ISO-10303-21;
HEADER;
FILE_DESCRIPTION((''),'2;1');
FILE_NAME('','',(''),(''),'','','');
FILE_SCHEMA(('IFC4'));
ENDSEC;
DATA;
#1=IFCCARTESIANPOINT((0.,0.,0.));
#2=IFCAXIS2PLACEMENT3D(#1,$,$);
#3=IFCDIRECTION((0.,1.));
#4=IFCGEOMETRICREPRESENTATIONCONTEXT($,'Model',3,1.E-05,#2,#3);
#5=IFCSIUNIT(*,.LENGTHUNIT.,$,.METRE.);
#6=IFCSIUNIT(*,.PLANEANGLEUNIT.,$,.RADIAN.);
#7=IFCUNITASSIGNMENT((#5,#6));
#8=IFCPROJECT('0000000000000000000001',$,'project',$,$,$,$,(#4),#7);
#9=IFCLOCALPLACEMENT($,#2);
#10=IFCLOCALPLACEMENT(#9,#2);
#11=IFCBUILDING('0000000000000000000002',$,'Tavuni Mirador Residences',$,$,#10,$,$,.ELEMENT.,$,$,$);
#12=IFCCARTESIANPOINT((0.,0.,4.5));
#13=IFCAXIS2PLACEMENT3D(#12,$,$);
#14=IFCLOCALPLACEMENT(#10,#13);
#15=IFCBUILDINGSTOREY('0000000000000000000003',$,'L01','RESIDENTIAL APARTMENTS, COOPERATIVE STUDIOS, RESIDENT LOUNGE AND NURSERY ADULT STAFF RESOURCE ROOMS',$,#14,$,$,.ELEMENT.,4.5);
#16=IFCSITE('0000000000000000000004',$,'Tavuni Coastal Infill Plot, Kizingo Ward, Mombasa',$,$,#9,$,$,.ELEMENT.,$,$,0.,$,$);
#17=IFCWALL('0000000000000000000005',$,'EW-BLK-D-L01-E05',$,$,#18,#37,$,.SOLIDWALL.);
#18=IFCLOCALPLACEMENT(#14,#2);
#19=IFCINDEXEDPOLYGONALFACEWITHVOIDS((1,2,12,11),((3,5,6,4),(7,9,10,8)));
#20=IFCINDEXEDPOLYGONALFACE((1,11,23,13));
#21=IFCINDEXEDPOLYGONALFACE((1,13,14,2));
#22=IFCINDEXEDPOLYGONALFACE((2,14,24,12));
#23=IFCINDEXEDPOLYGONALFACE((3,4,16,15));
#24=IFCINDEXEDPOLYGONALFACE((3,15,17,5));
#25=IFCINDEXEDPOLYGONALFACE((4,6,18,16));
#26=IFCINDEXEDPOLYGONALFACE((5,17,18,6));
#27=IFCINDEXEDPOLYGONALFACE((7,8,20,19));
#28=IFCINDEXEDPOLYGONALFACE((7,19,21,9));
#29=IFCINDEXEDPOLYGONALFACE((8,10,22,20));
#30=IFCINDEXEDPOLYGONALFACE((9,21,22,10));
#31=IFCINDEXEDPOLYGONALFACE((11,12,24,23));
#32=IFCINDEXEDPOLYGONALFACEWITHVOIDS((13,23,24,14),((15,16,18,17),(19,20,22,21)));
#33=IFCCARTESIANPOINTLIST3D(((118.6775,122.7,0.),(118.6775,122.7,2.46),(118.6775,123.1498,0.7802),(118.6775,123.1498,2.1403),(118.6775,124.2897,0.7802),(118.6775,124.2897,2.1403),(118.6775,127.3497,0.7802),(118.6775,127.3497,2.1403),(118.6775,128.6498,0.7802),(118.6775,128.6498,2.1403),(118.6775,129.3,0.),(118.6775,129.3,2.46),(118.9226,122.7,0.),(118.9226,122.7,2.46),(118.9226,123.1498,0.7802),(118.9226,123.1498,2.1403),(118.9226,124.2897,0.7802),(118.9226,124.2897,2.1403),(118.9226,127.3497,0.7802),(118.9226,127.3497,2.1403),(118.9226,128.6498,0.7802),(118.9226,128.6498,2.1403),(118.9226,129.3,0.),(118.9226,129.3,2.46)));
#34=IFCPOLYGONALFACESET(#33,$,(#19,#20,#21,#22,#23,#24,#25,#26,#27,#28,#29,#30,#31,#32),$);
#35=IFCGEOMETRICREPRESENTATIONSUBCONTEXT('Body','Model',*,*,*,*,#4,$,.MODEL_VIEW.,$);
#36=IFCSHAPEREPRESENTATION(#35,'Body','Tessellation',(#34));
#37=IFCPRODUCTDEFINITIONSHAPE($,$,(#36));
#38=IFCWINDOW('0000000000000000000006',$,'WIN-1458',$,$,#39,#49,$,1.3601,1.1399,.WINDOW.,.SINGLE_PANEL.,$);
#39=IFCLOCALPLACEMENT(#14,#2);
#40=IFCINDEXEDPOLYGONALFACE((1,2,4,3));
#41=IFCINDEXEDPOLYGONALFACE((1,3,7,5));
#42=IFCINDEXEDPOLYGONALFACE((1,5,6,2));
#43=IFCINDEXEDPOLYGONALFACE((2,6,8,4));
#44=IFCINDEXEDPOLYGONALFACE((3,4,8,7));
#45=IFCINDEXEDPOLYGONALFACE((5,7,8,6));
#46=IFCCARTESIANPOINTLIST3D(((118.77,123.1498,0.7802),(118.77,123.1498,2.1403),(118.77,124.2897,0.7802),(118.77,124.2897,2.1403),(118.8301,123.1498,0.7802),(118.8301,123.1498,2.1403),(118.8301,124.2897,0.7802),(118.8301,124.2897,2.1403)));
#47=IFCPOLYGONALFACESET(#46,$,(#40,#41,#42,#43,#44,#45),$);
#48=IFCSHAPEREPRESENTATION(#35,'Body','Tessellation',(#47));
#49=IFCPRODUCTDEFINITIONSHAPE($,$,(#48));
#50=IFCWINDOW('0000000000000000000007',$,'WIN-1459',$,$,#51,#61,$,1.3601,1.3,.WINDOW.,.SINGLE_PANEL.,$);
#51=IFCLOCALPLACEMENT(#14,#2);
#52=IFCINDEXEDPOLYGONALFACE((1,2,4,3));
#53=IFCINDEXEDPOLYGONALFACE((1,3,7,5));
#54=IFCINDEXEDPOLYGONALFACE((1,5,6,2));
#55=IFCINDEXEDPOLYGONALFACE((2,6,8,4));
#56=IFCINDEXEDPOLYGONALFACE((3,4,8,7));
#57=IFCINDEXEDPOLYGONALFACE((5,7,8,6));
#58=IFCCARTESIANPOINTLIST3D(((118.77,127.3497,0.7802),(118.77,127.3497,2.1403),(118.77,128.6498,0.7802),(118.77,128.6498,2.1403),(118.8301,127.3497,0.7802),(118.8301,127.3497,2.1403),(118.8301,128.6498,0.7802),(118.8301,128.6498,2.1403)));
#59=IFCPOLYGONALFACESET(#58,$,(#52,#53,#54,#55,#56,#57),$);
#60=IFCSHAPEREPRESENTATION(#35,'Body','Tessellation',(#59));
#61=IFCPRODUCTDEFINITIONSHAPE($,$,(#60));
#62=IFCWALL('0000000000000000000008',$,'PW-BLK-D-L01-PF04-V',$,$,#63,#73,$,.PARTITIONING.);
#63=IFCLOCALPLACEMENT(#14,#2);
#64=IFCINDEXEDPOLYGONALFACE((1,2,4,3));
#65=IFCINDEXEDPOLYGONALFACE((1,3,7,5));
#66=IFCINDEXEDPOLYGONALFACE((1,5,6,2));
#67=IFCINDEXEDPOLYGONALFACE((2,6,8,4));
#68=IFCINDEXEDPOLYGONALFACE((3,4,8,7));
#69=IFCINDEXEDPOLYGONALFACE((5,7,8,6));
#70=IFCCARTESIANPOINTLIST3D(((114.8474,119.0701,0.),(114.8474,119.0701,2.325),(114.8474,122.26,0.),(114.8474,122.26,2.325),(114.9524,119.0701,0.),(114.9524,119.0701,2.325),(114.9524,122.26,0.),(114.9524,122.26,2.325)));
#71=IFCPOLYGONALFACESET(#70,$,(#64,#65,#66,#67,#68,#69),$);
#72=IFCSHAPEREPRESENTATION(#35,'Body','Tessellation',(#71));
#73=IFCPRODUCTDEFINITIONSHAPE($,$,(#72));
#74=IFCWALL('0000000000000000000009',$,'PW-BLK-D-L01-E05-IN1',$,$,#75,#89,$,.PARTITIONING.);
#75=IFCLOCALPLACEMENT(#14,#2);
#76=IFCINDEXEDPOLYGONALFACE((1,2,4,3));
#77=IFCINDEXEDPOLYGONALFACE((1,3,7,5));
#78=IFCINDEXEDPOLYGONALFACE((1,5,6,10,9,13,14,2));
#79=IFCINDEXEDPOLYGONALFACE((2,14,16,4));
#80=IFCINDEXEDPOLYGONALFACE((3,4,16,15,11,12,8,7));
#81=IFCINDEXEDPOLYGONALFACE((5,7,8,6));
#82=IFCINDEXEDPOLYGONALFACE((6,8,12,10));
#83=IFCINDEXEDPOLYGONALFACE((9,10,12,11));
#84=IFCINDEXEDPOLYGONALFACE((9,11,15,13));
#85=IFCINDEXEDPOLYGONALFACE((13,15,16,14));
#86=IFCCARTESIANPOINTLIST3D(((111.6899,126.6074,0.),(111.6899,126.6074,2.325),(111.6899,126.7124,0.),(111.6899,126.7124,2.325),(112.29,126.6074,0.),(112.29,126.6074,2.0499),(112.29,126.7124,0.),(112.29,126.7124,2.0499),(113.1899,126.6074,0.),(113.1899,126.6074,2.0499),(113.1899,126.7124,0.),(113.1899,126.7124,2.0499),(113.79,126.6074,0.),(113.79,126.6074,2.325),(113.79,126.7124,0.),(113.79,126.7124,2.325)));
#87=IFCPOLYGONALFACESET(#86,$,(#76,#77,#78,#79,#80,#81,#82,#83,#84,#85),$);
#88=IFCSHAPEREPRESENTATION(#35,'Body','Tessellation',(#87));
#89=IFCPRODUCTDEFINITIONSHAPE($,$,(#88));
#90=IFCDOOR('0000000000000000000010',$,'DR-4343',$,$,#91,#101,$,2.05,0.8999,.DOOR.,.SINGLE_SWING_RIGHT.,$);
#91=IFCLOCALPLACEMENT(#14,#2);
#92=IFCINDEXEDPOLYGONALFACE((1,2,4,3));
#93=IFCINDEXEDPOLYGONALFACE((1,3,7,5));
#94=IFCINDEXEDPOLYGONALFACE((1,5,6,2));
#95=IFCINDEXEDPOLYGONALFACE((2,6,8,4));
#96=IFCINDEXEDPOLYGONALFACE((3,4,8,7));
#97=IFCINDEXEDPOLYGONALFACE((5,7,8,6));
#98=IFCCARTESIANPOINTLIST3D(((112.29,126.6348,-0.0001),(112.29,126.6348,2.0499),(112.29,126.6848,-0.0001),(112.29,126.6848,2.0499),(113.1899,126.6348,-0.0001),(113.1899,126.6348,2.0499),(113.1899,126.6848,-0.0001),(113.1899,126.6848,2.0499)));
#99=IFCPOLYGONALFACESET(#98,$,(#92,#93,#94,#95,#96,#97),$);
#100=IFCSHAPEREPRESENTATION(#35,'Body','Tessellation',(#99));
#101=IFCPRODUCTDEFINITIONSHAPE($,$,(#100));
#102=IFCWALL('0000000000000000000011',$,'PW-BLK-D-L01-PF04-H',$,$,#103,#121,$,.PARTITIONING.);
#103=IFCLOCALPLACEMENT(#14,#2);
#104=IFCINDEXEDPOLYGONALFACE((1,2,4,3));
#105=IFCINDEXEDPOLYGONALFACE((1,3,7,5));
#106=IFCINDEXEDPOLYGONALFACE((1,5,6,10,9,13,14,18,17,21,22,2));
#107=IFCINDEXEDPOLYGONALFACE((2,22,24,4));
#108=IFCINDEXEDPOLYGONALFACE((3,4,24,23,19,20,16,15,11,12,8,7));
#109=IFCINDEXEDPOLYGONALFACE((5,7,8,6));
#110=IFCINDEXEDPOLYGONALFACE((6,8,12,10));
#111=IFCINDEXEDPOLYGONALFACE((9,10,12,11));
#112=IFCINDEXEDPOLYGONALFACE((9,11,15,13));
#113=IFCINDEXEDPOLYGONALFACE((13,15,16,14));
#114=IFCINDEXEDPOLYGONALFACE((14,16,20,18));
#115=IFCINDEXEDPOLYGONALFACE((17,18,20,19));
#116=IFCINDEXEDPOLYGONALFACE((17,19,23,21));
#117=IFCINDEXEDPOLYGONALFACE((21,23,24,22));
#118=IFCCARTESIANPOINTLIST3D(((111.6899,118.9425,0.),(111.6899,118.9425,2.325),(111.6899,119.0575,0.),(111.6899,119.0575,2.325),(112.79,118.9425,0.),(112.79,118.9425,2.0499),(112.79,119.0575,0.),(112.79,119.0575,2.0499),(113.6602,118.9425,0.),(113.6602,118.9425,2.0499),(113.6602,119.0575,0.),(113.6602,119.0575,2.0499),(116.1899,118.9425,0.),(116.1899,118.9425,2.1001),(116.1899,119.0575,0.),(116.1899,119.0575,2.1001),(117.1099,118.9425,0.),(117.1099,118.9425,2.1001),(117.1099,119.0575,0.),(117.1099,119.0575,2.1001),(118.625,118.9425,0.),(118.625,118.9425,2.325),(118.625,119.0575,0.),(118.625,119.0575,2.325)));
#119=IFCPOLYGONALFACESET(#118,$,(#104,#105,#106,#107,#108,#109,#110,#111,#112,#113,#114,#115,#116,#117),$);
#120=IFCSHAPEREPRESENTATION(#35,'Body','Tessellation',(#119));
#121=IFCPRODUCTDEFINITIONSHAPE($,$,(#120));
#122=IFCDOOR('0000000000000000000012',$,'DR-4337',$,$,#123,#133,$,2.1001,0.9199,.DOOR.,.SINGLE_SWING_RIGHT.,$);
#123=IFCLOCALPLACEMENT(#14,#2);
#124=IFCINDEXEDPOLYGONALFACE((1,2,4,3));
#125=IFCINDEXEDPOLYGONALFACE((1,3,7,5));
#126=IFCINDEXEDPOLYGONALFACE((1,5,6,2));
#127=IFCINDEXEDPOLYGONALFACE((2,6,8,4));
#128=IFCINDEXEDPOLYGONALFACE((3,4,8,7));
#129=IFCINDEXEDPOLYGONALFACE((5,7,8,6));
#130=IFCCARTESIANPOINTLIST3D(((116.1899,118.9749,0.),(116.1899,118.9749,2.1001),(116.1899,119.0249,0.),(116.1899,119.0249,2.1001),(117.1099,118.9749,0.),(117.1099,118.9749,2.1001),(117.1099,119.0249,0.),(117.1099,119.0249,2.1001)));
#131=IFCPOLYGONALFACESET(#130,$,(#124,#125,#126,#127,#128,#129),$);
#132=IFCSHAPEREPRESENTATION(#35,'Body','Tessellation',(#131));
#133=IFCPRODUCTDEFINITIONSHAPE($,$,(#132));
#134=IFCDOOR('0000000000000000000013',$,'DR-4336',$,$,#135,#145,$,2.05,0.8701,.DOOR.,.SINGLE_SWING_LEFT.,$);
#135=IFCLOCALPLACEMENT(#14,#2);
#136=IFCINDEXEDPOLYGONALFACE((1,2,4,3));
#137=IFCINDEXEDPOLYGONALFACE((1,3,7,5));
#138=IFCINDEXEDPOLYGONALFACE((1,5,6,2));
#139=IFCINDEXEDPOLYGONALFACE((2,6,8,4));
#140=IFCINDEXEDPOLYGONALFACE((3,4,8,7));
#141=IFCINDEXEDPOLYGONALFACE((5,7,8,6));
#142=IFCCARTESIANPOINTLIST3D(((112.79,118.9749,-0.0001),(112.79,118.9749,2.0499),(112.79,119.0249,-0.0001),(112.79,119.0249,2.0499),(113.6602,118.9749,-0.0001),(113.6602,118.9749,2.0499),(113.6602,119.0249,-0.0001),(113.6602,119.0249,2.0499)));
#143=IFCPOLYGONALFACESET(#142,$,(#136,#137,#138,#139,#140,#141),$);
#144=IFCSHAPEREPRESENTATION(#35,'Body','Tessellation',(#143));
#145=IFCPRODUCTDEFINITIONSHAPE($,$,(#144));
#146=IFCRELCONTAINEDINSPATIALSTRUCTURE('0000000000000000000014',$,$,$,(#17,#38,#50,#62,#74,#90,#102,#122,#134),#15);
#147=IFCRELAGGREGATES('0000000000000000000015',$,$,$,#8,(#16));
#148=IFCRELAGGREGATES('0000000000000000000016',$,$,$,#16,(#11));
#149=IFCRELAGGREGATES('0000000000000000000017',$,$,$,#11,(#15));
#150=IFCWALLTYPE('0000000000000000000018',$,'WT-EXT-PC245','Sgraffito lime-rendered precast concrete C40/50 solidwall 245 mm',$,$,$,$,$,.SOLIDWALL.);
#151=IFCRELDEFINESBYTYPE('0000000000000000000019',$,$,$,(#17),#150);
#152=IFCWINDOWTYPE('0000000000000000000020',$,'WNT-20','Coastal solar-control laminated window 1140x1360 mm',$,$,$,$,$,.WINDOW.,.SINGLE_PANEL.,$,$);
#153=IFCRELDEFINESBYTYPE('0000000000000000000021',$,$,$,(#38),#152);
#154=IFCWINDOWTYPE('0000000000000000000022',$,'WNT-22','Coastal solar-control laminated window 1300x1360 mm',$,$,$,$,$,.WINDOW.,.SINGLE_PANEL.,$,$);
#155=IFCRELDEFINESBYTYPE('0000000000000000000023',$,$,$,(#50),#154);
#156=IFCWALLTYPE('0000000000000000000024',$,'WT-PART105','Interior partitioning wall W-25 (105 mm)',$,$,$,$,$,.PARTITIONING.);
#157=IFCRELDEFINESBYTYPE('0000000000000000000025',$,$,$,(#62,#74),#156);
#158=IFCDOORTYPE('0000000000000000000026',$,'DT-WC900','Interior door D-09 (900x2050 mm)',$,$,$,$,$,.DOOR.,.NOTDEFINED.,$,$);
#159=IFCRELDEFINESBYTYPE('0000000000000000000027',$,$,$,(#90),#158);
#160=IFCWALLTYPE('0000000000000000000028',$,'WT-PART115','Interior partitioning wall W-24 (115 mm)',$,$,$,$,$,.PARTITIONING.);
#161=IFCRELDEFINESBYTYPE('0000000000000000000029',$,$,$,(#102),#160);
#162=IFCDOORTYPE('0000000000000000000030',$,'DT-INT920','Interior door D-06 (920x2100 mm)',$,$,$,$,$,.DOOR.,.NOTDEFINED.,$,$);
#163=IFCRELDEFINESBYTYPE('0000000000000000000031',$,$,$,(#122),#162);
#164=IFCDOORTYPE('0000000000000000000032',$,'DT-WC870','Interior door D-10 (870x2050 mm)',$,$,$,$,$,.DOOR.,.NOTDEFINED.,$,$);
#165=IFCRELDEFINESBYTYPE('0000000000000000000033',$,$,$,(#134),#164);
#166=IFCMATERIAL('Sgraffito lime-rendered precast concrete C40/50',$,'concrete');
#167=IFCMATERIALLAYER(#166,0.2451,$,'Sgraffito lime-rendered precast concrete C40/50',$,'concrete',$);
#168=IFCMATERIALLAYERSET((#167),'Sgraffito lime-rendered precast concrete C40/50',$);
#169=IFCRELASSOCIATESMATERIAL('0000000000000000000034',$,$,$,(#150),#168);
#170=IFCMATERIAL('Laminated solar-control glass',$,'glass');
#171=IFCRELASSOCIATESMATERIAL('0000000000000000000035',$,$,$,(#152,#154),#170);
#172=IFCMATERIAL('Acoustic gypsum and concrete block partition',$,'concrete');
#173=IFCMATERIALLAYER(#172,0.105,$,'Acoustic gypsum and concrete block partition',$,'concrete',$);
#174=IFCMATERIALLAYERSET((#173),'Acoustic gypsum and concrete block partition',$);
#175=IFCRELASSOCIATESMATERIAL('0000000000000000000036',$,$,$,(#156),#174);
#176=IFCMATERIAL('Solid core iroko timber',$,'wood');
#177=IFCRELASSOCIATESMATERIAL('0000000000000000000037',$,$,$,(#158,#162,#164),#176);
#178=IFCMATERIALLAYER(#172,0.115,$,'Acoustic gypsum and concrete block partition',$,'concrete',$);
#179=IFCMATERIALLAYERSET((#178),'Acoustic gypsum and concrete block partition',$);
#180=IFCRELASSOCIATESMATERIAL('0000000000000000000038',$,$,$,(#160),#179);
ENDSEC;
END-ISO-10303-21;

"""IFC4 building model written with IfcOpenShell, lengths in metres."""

from ifc_helpers import new_model, si_unit, direction, frame, frame_2d, origin, place, context, subcontext, project, spatial, rectangle, extrude, material, layer, layer_set, type_object, element, fill, save


model = new_model("IFC4")

# Units and contexts
model_context = context("Model", 3, precision=1e-05, world=origin(), true_north=direction((0.0, 1.0)))
body_context = subcontext(model_context, "Body", "Model", "MODEL_VIEW")
ifc_project = project(units=[si_unit("LENGTHUNIT", "METRE"), si_unit("PLANEANGLEUNIT", "RADIAN")], contexts=[model_context])

# Site, building, storey
site_placement = place(None, origin())
site = spatial("IfcSite", under=ifc_project, at=site_placement, Name="Tavuni Coastal Infill Plot, Kizingo Ward, Mombasa", CompositionType="ELEMENT", RefElevation=0.0)
building_placement = place(site_placement, origin())
building = spatial("IfcBuilding", under=site, at=building_placement, Name="Tavuni Mirador Residences", CompositionType="ELEMENT")
storey_placement = place(building_placement, frame((0.0, 0.0, 4.5)))
storey = spatial("IfcBuildingStorey", under=building, at=storey_placement, Name="L01", Description="RESIDENTIAL APARTMENTS, COOPERATIVE STUDIOS, RESIDENT LOUNGE AND NURSERY ADULT STAFF RESOURCE ROOMS", CompositionType="ELEMENT", Elevation=4.5)

# Shared definitions
ifc_material_1 = material(Name="Solid core iroko timber", Category="wood")

# Wall, openings, windows
ifc_material_2 = material(Name="Sgraffito lime-rendered precast concrete C40/50", Category="concrete")
ifc_layer_1 = layer(ifc_material_2, 0.2451, Name="Sgraffito lime-rendered precast concrete C40/50", Category="concrete")
ifc_layer_set_1 = layer_set([ifc_layer_1], Name="Sgraffito lime-rendered precast concrete C40/50")
wall_type_1 = type_object("IfcWallType", Name="WT-EXT-PC245", Description="Sgraffito lime-rendered precast concrete C40/50 solidwall 245 mm", PredefinedType="SOLIDWALL", material=ifc_layer_set_1)
wall_1_placement = place(storey_placement, frame((118.8, 122.7, 0.0), z_axis=(0.0, 0.0, 1.0), x_axis=(0.0, 1.0, 0.0)))
wall_1 = element("IfcWall", 1, at=wall_1_placement, inside=storey, type_object=wall_type_1, Name="EW-BLK-D-L01-E05", PredefinedType="SOLIDWALL", context=body_context, shape_type="SweptSolid", body=[
    extrude(rectangle(XDim=6.6001, YDim=0.2451, at=frame_2d((3.3, 0.0))), origin(), (0.0, 0.0, 1.0), 2.46),
])
opening_1_placement = place(wall_1_placement, frame((0.45, 0.0, 0.78)))
opening_1 = element("IfcOpeningElement", 2, at=opening_1_placement, cuts=wall_1, PredefinedType="OPENING", context=body_context, shape_type="SweptSolid", body=[
    extrude(rectangle(XDim=1.1399, YDim=1.3601, at=frame_2d((0.5698, 0.6802))), frame((0.0, 0.1326, 0.0), z_axis=(0.0, -1.0, 0.0), x_axis=(1.0, 0.0, 0.0)), (0.0, 0.0, 1.0), 0.2651),
])
opening_2_placement = place(wall_1_placement, frame((4.6499, 0.0, 0.78)))
opening_2 = element("IfcOpeningElement", 3, at=opening_2_placement, cuts=wall_1, PredefinedType="OPENING", context=body_context, shape_type="SweptSolid", body=[
    extrude(rectangle(XDim=1.3, YDim=1.3601, at=frame_2d((0.6499, 0.6802))), frame((0.0, 0.1326, 0.0), z_axis=(0.0, -1.0, 0.0), x_axis=(1.0, 0.0, 0.0)), (0.0, 0.0, 1.0), 0.2651),
])
ifc_material_3 = material(Name="Laminated solar-control glass", Category="glass")
window_type_1 = type_object("IfcWindowType", Name="WNT-20", Description="Coastal solar-control laminated window 1140x1360 mm", PartitioningType="SINGLE_PANEL", PredefinedType="WINDOW", material=ifc_material_3)
window_1_placement = place(opening_1_placement, origin())
window_1 = element("IfcWindow", 4, at=window_1_placement, inside=storey, type_object=window_type_1, Name="WIN-1458", OverallHeight=1.3601, OverallWidth=1.1399, PartitioningType="SINGLE_PANEL", PredefinedType="WINDOW", context=body_context, shape_type="SweptSolid", body=[
    extrude(rectangle(XDim=1.1399, YDim=1.3601, at=frame_2d((0.5698, 0.6802))), frame((0.0, 0.03, 0.0), z_axis=(0.0, -1.0, 0.0), x_axis=(1.0, 0.0, 0.0)), (0.0, 0.0, 1.0), 0.0601),
])
fill(opening_1, window_1)
window_type_2 = type_object("IfcWindowType", Name="WNT-22", Description="Coastal solar-control laminated window 1300x1360 mm", PartitioningType="SINGLE_PANEL", PredefinedType="WINDOW", material=ifc_material_3)
window_2_placement = place(opening_2_placement, origin())
window_2 = element("IfcWindow", 5, at=window_2_placement, inside=storey, type_object=window_type_2, Name="WIN-1459", OverallHeight=1.3601, OverallWidth=1.3, PartitioningType="SINGLE_PANEL", PredefinedType="WINDOW", context=body_context, shape_type="SweptSolid", body=[
    extrude(rectangle(XDim=1.3, YDim=1.3601, at=frame_2d((0.6499, 0.6802))), frame((0.0, 0.03, 0.0), z_axis=(0.0, -1.0, 0.0), x_axis=(1.0, 0.0, 0.0)), (0.0, 0.0, 1.0), 0.0601),
])
fill(opening_2, window_2)

# Wall
ifc_material_4 = material(Name="Acoustic gypsum and concrete block partition", Category="concrete")
ifc_layer_2 = layer(ifc_material_4, 0.105, Name="Acoustic gypsum and concrete block partition", Category="concrete")
ifc_layer_set_2 = layer_set([ifc_layer_2], Name="Acoustic gypsum and concrete block partition")
wall_type_2 = type_object("IfcWallType", Name="WT-PART105", Description="Interior partitioning wall W-25 (105 mm)", PredefinedType="PARTITIONING", material=ifc_layer_set_2)
wall_2_placement = place(storey_placement, frame((114.8999, 119.0701, 0.0), z_axis=(0.0, 0.0, 1.0), x_axis=(0.0, 1.0, 0.0)))
element("IfcWall", 6, at=wall_2_placement, inside=storey, type_object=wall_type_2, Name="PW-BLK-D-L01-PF04-V", PredefinedType="PARTITIONING", context=body_context, shape_type="SweptSolid", body=[
    extrude(rectangle(XDim=3.1899, YDim=0.105, at=frame_2d((1.595, 0.0))), origin(), (0.0, 0.0, 1.0), 2.325),
])

# Wall, opening, door
wall_3_placement = place(storey_placement, frame((111.6899, 126.6599, 0.0), z_axis=(0.0, 0.0, 1.0), x_axis=(1.0, 0.0, 0.0)))
wall_3 = element("IfcWall", 7, at=wall_3_placement, inside=storey, type_object=wall_type_2, Name="PW-BLK-D-L01-E05-IN1", PredefinedType="PARTITIONING", context=body_context, shape_type="SweptSolid", body=[
    extrude(rectangle(XDim=2.1001, YDim=0.105, at=frame_2d((1.05, 0.0))), origin(), (0.0, 0.0, 1.0), 2.325),
])
opening_3_placement = place(wall_3_placement, frame((0.6001, 0.0, 0.0)))
opening_3 = element("IfcOpeningElement", 8, at=opening_3_placement, cuts=wall_3, PredefinedType="OPENING", context=body_context, shape_type="SweptSolid", body=[
    extrude(rectangle(XDim=0.8999, YDim=2.05, at=frame_2d((0.45, 1.0249))), frame((0.0, 0.0625, 0.0), z_axis=(0.0, -1.0, 0.0), x_axis=(1.0, 0.0, 0.0)), (0.0, 0.0, 1.0), 0.125),
])
door_type_1 = type_object("IfcDoorType", Name="DT-WC900", Description="Interior door D-09 (900x2050 mm)", OperationType="NOTDEFINED", PredefinedType="DOOR", material=ifc_material_1)
door_1_placement = place(opening_3_placement, origin())
door_1 = element("IfcDoor", 9, at=door_1_placement, inside=storey, type_object=door_type_1, Name="DR-4343", OperationType="SINGLE_SWING_RIGHT", OverallHeight=2.05, OverallWidth=0.8999, PredefinedType="DOOR", context=body_context, shape_type="SweptSolid", body=[
    extrude(rectangle(XDim=0.8999, YDim=2.05, at=frame_2d((0.45, 1.0249))), frame((0.0, 0.0249, 0.0), z_axis=(0.0, -1.0, 0.0), x_axis=(1.0, 0.0, 0.0)), (0.0, 0.0, 1.0), 0.05),
])
fill(opening_3, door_1)

# Wall, openings, doors
ifc_layer_3 = layer(ifc_material_4, 0.115, Name="Acoustic gypsum and concrete block partition", Category="concrete")
ifc_layer_set_3 = layer_set([ifc_layer_3], Name="Acoustic gypsum and concrete block partition")
wall_type_3 = type_object("IfcWallType", Name="WT-PART115", Description="Interior partitioning wall W-24 (115 mm)", PredefinedType="PARTITIONING", material=ifc_layer_set_3)
wall_4_placement = place(storey_placement, frame((111.6899, 119.0, 0.0), z_axis=(0.0, 0.0, 1.0), x_axis=(1.0, 0.0, 0.0)))
wall_4 = element("IfcWall", 10, at=wall_4_placement, inside=storey, type_object=wall_type_3, Name="PW-BLK-D-L01-PF04-H", PredefinedType="PARTITIONING", context=body_context, shape_type="SweptSolid", body=[
    extrude(rectangle(XDim=6.9351, YDim=0.115, at=frame_2d((3.4675, 0.0))), origin(), (0.0, 0.0, 1.0), 2.325),
])
opening_4_placement = place(wall_4_placement, frame((1.1001, 0.0, 0.0)))
opening_4 = element("IfcOpeningElement", 11, at=opening_4_placement, cuts=wall_4, PredefinedType="OPENING", context=body_context, shape_type="SweptSolid", body=[
    extrude(rectangle(XDim=0.8701, YDim=2.05, at=frame_2d((0.4351, 1.0249))), frame((0.0, 0.0674, 0.0), z_axis=(0.0, -1.0, 0.0), x_axis=(1.0, 0.0, 0.0)), (0.0, 0.0, 1.0), 0.135),
])
opening_5_placement = place(wall_4_placement, frame((4.5, 0.0, 0.0)))
opening_5 = element("IfcOpeningElement", 12, at=opening_5_placement, cuts=wall_4, PredefinedType="OPENING", context=body_context, shape_type="SweptSolid", body=[
    extrude(rectangle(XDim=0.9199, YDim=2.1001, at=frame_2d((0.46, 1.05))), frame((0.0, 0.0674, 0.0), z_axis=(0.0, -1.0, 0.0), x_axis=(1.0, 0.0, 0.0)), (0.0, 0.0, 1.0), 0.135),
])
door_type_2 = type_object("IfcDoorType", Name="DT-INT920", Description="Interior door D-06 (920x2100 mm)", OperationType="NOTDEFINED", PredefinedType="DOOR", material=ifc_material_1)
door_2_placement = place(opening_5_placement, origin())
door_2 = element("IfcDoor", 13, at=door_2_placement, inside=storey, type_object=door_type_2, Name="DR-4337", OperationType="SINGLE_SWING_RIGHT", OverallHeight=2.1001, OverallWidth=0.9199, PredefinedType="DOOR", context=body_context, shape_type="SweptSolid", body=[
    extrude(rectangle(XDim=0.9199, YDim=2.1001, at=frame_2d((0.46, 1.05))), frame((0.0, 0.0249, 0.0), z_axis=(0.0, -1.0, 0.0), x_axis=(1.0, 0.0, 0.0)), (0.0, 0.0, 1.0), 0.05),
])
fill(opening_5, door_2)
door_type_3 = type_object("IfcDoorType", Name="DT-WC870", Description="Interior door D-10 (870x2050 mm)", OperationType="NOTDEFINED", PredefinedType="DOOR", material=ifc_material_1)
door_3_placement = place(opening_4_placement, origin())
door_3 = element("IfcDoor", 14, at=door_3_placement, inside=storey, type_object=door_type_3, Name="DR-4336", OperationType="SINGLE_SWING_LEFT", OverallHeight=2.05, OverallWidth=0.8701, PredefinedType="DOOR", context=body_context, shape_type="SweptSolid", body=[
    extrude(rectangle(XDim=0.8701, YDim=2.05, at=frame_2d((0.4351, 1.0249))), frame((0.0, 0.0249, 0.0), z_axis=(0.0, -1.0, 0.0), x_axis=(1.0, 0.0, 0.0)), (0.0, 0.0, 1.0), 0.05),
])
fill(opening_4, door_3)

save(model, "model.ifc")
